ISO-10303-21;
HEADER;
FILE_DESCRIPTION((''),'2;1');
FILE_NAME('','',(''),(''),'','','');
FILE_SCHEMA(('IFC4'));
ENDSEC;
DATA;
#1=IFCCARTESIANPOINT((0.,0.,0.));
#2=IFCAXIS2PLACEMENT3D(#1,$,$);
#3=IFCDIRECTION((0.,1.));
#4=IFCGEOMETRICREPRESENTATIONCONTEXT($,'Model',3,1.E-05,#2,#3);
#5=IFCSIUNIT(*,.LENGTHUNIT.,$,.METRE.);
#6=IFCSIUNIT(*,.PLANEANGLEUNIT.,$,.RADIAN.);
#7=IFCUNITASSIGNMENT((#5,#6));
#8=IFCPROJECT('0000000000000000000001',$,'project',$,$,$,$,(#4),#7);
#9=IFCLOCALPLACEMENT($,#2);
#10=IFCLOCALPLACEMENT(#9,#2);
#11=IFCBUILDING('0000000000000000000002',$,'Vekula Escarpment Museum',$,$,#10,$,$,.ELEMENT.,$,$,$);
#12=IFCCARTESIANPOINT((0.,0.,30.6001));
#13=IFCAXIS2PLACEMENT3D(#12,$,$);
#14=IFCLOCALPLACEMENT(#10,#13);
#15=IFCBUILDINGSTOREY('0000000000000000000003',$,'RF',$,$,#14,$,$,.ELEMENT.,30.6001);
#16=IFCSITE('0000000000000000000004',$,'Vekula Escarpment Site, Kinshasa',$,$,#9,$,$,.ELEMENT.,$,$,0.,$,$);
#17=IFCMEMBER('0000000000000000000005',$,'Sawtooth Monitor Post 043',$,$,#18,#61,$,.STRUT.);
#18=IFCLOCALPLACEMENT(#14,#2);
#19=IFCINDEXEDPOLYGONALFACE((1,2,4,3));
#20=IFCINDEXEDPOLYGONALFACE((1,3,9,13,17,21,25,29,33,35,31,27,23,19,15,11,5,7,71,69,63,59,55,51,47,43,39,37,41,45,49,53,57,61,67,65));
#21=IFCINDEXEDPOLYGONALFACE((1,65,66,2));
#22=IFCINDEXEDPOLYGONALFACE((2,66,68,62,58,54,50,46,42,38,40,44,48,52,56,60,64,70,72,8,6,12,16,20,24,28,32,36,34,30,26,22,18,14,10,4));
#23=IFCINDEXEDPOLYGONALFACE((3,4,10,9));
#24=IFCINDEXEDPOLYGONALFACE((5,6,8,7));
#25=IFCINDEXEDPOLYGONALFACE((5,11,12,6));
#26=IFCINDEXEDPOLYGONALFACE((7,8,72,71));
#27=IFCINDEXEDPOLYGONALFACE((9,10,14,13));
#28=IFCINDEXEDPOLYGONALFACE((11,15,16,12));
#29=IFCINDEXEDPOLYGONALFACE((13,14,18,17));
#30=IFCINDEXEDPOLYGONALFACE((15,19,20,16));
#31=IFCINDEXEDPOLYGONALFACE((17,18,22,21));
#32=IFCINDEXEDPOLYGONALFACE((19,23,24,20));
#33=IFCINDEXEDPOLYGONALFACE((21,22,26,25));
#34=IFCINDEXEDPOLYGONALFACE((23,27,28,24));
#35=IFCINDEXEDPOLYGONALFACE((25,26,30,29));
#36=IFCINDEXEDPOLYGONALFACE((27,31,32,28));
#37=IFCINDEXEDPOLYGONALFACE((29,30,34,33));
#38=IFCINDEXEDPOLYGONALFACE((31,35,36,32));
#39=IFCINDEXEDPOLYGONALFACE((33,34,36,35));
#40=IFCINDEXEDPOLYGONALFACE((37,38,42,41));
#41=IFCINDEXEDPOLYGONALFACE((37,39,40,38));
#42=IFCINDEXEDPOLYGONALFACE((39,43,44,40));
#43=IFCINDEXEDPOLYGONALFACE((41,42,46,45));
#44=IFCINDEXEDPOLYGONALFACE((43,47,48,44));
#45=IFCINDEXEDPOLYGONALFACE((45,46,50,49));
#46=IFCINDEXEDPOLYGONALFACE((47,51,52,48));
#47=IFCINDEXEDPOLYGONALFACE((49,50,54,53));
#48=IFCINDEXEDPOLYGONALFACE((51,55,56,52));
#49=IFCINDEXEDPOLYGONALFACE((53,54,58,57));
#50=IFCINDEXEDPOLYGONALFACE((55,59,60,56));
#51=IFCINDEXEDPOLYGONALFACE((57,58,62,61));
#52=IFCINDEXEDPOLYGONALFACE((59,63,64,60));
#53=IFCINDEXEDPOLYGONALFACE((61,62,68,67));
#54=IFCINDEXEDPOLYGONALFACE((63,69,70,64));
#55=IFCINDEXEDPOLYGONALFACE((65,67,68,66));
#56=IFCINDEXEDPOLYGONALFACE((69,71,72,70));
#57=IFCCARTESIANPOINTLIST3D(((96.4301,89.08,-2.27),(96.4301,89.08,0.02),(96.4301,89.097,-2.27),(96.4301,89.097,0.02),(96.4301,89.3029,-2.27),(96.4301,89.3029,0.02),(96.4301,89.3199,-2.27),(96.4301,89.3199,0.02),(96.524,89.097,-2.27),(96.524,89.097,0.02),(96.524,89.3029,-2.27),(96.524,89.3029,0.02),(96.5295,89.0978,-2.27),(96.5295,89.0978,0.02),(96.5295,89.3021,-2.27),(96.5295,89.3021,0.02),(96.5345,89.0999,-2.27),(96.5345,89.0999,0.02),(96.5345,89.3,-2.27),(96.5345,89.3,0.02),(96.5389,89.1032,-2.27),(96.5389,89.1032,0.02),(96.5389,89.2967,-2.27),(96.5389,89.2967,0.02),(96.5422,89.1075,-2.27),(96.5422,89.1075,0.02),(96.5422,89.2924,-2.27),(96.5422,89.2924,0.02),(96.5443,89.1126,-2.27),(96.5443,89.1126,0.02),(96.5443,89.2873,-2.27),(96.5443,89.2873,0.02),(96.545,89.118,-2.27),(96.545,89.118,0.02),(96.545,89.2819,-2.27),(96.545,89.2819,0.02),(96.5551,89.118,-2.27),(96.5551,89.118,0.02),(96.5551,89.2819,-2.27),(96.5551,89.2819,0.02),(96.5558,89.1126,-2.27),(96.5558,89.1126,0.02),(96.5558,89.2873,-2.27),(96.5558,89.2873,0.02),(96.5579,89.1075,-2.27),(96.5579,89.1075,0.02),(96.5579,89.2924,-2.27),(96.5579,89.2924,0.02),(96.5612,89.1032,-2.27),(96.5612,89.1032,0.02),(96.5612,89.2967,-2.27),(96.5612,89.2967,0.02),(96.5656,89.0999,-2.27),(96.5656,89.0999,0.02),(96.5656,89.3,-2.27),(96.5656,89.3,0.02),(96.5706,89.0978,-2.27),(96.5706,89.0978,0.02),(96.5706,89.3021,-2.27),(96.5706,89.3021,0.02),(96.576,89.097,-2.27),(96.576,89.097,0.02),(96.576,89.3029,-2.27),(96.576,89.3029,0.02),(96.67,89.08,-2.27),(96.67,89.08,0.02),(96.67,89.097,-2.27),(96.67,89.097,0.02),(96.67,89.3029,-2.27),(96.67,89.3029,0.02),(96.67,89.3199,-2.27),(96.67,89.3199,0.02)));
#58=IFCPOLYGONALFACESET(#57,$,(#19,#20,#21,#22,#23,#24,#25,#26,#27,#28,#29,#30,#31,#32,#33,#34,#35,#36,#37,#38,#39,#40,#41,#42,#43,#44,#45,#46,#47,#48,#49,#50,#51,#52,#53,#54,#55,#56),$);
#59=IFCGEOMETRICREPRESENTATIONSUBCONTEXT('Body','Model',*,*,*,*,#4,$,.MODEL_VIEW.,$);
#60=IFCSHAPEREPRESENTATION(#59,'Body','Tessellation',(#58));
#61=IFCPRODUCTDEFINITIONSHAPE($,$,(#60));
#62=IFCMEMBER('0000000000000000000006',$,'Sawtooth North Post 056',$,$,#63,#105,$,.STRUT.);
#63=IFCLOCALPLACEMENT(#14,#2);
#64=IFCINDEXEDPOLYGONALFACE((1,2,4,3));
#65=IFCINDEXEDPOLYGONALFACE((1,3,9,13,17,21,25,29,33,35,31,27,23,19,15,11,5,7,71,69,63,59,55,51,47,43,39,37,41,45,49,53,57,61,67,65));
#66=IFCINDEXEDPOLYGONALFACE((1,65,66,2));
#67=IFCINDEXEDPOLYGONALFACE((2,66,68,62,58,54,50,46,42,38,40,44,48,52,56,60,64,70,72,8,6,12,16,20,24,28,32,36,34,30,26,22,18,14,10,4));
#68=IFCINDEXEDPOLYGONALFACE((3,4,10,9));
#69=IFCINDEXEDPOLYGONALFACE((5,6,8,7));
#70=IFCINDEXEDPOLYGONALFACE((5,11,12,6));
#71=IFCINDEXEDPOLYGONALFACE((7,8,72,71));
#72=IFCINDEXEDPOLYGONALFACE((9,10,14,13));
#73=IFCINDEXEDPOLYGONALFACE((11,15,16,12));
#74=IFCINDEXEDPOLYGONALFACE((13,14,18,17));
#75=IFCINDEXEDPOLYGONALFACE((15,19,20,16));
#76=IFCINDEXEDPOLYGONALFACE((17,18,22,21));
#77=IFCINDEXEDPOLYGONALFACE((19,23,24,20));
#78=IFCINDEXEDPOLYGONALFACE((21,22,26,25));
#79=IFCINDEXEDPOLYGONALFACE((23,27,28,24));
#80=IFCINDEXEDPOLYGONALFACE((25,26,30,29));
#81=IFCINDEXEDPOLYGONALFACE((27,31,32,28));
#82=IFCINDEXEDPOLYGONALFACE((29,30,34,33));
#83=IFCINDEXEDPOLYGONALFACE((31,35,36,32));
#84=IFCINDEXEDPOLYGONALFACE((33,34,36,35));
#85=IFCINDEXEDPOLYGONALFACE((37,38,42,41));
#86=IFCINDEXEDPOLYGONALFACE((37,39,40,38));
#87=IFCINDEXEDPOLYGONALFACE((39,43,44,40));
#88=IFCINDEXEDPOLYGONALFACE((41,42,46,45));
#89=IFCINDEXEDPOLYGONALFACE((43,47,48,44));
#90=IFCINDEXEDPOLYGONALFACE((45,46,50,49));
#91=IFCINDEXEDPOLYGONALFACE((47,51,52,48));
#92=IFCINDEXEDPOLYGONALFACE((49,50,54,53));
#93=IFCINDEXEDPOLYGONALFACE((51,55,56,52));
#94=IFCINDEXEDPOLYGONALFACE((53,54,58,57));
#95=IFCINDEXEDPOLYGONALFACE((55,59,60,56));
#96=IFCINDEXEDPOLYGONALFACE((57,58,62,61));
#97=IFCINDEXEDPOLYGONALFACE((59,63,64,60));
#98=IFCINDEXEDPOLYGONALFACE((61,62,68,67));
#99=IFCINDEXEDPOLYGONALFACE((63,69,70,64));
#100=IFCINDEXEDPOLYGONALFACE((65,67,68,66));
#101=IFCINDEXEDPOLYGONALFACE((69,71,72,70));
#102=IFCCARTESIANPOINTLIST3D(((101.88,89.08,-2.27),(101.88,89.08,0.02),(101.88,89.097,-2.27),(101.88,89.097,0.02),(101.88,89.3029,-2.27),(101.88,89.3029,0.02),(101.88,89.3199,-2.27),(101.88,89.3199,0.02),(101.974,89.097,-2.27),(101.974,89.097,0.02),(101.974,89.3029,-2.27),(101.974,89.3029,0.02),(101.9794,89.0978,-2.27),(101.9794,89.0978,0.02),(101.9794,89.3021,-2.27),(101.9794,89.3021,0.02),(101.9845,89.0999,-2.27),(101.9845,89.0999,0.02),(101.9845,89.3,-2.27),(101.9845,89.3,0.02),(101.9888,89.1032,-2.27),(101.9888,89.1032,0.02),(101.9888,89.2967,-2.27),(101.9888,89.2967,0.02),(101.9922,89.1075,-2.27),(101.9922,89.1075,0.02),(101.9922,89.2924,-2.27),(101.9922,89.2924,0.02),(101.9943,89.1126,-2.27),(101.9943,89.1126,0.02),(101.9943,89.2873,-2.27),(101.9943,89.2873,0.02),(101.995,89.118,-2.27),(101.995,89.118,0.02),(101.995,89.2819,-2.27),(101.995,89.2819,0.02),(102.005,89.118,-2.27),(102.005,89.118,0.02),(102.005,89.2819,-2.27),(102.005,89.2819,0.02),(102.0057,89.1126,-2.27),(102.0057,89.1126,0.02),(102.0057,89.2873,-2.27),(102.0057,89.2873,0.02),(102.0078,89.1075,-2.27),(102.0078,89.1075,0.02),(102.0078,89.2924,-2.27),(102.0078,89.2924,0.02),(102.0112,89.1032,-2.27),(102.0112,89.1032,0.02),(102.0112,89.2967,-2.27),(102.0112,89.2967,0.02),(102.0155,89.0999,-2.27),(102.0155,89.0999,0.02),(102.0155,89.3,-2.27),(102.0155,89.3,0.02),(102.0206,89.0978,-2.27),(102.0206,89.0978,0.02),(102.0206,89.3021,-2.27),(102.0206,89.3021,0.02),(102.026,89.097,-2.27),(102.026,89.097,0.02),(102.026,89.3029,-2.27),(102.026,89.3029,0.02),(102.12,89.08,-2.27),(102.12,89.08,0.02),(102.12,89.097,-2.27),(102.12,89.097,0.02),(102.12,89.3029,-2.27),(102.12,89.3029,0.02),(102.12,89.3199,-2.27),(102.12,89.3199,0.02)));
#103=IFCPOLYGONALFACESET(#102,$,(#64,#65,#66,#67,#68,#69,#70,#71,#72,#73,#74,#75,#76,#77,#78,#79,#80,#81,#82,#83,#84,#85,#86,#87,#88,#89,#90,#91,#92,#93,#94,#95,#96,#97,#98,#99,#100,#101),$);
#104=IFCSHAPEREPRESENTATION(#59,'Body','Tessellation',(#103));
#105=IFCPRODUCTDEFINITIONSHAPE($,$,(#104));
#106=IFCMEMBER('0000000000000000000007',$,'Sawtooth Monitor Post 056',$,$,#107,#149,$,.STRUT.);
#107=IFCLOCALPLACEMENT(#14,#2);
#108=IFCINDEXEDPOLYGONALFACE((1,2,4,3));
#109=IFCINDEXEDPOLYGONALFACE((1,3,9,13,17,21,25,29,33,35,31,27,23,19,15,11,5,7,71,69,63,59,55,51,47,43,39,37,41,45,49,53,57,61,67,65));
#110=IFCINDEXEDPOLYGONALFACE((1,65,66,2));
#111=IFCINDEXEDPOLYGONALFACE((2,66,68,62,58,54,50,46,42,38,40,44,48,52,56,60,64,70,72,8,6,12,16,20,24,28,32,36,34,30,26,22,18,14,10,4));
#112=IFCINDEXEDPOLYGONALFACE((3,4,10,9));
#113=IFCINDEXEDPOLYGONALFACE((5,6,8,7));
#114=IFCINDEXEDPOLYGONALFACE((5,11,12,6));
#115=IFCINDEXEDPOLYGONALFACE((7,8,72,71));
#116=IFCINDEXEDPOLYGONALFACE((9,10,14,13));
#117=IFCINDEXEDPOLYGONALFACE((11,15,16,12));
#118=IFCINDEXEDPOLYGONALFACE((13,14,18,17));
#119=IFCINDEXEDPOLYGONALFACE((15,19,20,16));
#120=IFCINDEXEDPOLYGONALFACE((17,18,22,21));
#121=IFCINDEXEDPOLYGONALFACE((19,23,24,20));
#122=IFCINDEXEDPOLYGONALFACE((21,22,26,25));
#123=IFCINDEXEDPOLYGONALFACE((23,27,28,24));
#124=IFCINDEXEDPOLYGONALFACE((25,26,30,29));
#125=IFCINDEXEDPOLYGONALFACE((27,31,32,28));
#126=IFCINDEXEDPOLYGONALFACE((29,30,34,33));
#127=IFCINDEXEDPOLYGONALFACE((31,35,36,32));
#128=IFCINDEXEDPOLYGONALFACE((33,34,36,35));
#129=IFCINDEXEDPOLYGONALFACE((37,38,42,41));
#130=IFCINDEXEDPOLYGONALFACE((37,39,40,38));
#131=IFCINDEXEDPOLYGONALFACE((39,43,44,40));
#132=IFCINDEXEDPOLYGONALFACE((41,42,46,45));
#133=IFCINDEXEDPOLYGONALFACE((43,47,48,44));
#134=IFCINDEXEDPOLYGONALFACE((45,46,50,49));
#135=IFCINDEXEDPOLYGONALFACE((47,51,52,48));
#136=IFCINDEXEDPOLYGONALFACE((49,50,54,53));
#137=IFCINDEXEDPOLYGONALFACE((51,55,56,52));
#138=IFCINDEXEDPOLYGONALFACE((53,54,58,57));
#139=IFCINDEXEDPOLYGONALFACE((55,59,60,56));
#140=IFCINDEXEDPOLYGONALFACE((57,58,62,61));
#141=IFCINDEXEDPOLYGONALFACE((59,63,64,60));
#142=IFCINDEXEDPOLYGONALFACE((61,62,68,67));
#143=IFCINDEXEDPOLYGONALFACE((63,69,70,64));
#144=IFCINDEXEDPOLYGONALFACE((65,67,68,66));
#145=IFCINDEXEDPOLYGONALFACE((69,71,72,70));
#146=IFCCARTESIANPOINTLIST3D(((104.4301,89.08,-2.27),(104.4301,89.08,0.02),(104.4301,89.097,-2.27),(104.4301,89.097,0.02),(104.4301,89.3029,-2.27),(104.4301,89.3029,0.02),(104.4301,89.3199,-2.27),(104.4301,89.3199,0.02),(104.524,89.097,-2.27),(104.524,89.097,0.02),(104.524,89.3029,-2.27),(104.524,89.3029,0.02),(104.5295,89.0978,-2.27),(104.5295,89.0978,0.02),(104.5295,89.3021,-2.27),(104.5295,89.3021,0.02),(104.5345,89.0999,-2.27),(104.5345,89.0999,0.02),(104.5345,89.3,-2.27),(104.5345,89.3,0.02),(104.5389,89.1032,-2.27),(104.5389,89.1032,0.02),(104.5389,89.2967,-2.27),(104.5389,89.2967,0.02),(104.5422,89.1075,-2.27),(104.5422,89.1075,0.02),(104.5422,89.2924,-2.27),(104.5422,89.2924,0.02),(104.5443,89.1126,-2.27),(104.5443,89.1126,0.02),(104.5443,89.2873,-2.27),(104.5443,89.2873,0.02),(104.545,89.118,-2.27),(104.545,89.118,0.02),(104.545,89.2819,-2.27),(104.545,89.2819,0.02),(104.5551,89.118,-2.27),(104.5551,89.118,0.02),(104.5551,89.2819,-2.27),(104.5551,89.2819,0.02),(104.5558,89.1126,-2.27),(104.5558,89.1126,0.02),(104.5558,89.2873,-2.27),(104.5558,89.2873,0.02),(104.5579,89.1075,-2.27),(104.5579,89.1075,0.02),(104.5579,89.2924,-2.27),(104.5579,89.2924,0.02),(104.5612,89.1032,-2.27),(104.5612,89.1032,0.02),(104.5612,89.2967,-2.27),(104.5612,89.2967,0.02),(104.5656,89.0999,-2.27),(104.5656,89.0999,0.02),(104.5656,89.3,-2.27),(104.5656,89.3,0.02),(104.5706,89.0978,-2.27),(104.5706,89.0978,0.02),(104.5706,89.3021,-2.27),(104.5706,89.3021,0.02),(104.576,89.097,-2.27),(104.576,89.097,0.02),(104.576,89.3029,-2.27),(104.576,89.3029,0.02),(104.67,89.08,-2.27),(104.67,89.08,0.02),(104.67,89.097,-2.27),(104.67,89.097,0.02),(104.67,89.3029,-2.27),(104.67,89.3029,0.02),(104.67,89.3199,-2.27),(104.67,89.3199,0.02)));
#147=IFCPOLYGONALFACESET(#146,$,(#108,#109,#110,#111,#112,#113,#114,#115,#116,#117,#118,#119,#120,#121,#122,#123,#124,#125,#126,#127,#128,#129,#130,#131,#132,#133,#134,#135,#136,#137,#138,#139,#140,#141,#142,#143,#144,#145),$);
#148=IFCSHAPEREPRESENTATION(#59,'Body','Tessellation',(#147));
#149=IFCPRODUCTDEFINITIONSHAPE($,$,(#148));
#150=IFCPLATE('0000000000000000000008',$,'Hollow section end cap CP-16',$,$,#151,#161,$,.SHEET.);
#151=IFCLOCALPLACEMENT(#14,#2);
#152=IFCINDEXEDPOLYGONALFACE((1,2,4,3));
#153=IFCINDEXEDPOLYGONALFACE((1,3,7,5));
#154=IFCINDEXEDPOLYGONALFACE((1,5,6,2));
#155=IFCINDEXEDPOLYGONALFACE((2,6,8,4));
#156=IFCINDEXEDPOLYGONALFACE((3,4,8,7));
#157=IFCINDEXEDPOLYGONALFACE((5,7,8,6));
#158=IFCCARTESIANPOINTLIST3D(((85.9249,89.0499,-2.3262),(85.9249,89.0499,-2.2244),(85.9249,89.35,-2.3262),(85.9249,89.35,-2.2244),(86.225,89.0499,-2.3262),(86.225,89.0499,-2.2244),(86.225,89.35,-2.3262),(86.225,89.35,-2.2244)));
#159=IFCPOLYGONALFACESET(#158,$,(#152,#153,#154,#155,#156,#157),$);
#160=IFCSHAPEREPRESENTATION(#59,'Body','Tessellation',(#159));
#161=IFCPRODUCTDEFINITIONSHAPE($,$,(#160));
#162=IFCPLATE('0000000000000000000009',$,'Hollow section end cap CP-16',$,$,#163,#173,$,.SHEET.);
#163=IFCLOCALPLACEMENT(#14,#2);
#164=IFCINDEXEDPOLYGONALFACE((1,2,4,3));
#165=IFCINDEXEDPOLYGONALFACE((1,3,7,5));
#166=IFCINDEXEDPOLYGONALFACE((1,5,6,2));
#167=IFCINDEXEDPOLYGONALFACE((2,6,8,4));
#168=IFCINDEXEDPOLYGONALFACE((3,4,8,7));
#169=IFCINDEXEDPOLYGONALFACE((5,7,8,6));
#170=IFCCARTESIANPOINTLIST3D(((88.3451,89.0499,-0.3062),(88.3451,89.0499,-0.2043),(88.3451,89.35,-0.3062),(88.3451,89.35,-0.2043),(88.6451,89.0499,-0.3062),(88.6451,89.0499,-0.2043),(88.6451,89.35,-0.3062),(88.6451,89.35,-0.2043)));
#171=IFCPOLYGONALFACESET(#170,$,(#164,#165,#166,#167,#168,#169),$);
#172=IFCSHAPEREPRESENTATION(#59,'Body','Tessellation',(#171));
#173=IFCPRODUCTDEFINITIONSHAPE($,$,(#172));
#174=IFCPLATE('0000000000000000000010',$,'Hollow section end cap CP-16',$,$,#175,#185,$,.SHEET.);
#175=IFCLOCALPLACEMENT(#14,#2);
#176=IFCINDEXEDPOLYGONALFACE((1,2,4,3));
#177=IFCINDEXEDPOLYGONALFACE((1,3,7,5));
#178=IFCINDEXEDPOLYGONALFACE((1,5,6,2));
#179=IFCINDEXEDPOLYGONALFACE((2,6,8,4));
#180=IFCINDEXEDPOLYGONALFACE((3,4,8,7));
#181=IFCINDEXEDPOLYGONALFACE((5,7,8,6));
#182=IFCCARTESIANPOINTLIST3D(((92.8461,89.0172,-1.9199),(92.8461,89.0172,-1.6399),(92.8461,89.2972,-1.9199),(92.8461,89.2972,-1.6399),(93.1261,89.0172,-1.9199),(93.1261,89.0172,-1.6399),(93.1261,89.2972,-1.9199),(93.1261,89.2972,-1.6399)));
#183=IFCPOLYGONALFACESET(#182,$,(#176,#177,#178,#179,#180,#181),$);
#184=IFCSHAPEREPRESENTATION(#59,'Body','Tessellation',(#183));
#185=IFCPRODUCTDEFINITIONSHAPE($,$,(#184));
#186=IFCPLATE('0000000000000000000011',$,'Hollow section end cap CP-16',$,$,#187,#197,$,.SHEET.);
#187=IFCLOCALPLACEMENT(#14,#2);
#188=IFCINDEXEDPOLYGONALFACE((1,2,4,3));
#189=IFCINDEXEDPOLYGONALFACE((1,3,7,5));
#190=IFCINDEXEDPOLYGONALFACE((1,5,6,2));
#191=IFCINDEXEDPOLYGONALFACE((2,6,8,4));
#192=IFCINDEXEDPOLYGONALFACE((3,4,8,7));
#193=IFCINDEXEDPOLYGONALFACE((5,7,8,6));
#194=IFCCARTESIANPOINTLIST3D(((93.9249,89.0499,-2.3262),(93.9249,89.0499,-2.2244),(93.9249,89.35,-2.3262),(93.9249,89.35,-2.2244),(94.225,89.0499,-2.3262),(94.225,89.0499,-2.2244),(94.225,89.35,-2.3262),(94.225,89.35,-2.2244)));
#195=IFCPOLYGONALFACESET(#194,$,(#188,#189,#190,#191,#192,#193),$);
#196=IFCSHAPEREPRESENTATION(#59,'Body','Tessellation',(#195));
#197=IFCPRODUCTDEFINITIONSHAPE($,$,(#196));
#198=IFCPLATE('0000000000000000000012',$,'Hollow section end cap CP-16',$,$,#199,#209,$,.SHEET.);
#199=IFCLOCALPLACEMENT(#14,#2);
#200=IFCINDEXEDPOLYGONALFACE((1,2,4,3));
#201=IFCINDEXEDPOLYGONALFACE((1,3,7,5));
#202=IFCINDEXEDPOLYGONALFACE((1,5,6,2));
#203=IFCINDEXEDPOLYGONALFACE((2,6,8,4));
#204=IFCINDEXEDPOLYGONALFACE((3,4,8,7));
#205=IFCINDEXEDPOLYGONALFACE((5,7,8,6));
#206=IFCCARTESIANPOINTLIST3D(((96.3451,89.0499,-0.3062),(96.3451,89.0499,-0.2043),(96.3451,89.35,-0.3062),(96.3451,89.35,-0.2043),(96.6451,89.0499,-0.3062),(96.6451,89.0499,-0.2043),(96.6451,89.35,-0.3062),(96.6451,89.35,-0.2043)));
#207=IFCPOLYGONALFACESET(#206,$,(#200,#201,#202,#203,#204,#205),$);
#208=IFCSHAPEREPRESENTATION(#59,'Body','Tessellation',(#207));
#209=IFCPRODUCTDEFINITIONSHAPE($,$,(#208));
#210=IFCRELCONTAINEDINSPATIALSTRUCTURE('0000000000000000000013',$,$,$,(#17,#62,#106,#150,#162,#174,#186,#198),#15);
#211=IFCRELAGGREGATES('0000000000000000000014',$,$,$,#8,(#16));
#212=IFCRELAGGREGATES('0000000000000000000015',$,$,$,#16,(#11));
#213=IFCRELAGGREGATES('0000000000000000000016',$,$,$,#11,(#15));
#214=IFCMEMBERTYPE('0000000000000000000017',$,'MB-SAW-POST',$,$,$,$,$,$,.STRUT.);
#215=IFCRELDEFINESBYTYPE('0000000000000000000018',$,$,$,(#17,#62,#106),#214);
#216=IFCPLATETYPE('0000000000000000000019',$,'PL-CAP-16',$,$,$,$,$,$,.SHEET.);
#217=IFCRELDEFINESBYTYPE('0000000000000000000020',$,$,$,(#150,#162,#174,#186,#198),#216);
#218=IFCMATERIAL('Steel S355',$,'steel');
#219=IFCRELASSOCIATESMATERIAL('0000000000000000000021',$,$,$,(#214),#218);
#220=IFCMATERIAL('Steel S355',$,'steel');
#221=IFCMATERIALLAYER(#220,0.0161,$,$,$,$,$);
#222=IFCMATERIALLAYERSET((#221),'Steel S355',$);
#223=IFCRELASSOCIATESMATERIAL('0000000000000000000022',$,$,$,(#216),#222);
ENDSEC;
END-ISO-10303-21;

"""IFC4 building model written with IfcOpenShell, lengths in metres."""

from ifc_helpers import new_model, si_unit, direction, frame, origin, origin_2d, place, context, subcontext, project, spatial, rectangle, i_section, extrude, material, layer, layer_set, material_profile, profile_set, type_object, element, save


model = new_model("IFC4")

# Units and contexts
model_context = context("Model", 3, precision=1e-05, world=origin(), true_north=direction((0.0, 1.0)))
body_context = subcontext(model_context, "Body", "Model", "MODEL_VIEW")
ifc_project = project(units=[si_unit("LENGTHUNIT", "METRE"), si_unit("PLANEANGLEUNIT", "RADIAN")], contexts=[model_context])

# Site, building, storey
site_placement = place(None, origin())
site = spatial("IfcSite", under=ifc_project, at=site_placement, Name="Vekula Escarpment Site, Kinshasa", CompositionType="ELEMENT", RefElevation=0.0)
building_placement = place(site_placement, origin())
building = spatial("IfcBuilding", under=site, at=building_placement, Name="Vekula Escarpment Museum", CompositionType="ELEMENT")
storey_placement = place(building_placement, frame((0.0, 0.0, 30.6001)))
storey = spatial("IfcBuildingStorey", under=building, at=storey_placement, Name="RF", CompositionType="ELEMENT", Elevation=30.6001)

# Members
ifc_material_1 = material(Name="Steel S355", Category="steel")
ifc_material_profile_1 = material_profile(ifc_material_1, i_section(OverallWidth=0.24, OverallDepth=0.24, WebThickness=0.01, FlangeThickness=0.0171, FilletRadius=0.021, at=origin_2d()), Name="HEB 240")
ifc_profile_set_1 = profile_set([ifc_material_profile_1], Name="Steel S355")
member_type_1 = type_object("IfcMemberType", Name="MB-SAW-POST", PredefinedType="STRUT", material=ifc_profile_set_1)
for number, where, z_axis, x_axis, name in (
    (1, (96.55, 89.2, -2.27), (0.0, 0.0, 1.0), (1.0, 0.0, 0.0), "Sawtooth Monitor Post 043"),
    (2, (102.0, 89.2, -2.27), (0.0, 0.0, 1.0), (1.0, 0.0, 0.0), "Sawtooth North Post 056"),
    (3, (104.55, 89.2, -2.27), (0.0, 0.0, 1.0), (1.0, 0.0, 0.0), "Sawtooth Monitor Post 056"),
):
    element("IfcMember", number, at=place(storey_placement, frame(where, z_axis=z_axis, x_axis=x_axis)), inside=storey, type_object=member_type_1, Name=name, PredefinedType="STRUT", context=body_context, shape_type="SweptSolid", body=[
        extrude(i_section(OverallWidth=0.24, OverallDepth=0.24, WebThickness=0.01, FlangeThickness=0.0171, FilletRadius=0.021, at=origin_2d()), origin(), (0.0, 0.0, 1.0), 2.29),
    ])

# Plates
ifc_material_2 = material(Name="Steel S355", Category="steel")
ifc_layer = layer(ifc_material_2, 0.0161)
ifc_layer_set = layer_set([ifc_layer], Name="Steel S355")
plate_type = type_object("IfcPlateType", Name="PL-CAP-16", PredefinedType="SHEET", material=ifc_layer_set)
for number, where, z_axis, x_axis, name in (
    (4, (86.075, 89.2, -2.3262), (0.0, 0.0, 1.0), (1.0, 0.0, 0.0), "Hollow section end cap CP-16"),
    (5, (88.4951, 89.2, -0.3062), (0.0, 0.0, 1.0), (1.0, 0.0, 0.0), "Hollow section end cap CP-16"),
):
    element("IfcPlate", number, at=place(storey_placement, frame(where, z_axis=z_axis, x_axis=x_axis)), inside=storey, type_object=plate_type, Name=name, PredefinedType="SHEET", context=body_context, shape_type="SweptSolid", body=[
        extrude(rectangle(XDim=0.3, YDim=0.3, at=origin_2d()), origin(), (0.0, 0.0, 1.0), 0.1018),
    ])
plate_1_placement = place(storey_placement, frame((92.9861, 89.1572, -1.9199), z_axis=(0.0, 0.0, 1.0), x_axis=(1.0, 0.0, 0.0)))
element("IfcPlate", 6, at=plate_1_placement, inside=storey, type_object=plate_type, Name="Hollow section end cap CP-16", PredefinedType="SHEET", context=body_context, shape_type="SweptSolid", body=[
    extrude(rectangle(XDim=0.28, YDim=0.28, at=origin_2d()), origin(), (0.0, 0.0, 1.0), 0.28),
])
for number, where, z_axis, x_axis, name in (
    (7, (94.075, 89.2, -2.3262), (0.0, 0.0, 1.0), (1.0, 0.0, 0.0), "Hollow section end cap CP-16"),
    (8, (96.4951, 89.2, -0.3062), (0.0, 0.0, 1.0), (1.0, 0.0, 0.0), "Hollow section end cap CP-16"),
):
    element("IfcPlate", number, at=place(storey_placement, frame(where, z_axis=z_axis, x_axis=x_axis)), inside=storey, type_object=plate_type, Name=name, PredefinedType="SHEET", context=body_context, shape_type="SweptSolid", body=[
        extrude(rectangle(XDim=0.3, YDim=0.3, at=origin_2d()), origin(), (0.0, 0.0, 1.0), 0.1018),
    ])

save(model, "model.ifc")
